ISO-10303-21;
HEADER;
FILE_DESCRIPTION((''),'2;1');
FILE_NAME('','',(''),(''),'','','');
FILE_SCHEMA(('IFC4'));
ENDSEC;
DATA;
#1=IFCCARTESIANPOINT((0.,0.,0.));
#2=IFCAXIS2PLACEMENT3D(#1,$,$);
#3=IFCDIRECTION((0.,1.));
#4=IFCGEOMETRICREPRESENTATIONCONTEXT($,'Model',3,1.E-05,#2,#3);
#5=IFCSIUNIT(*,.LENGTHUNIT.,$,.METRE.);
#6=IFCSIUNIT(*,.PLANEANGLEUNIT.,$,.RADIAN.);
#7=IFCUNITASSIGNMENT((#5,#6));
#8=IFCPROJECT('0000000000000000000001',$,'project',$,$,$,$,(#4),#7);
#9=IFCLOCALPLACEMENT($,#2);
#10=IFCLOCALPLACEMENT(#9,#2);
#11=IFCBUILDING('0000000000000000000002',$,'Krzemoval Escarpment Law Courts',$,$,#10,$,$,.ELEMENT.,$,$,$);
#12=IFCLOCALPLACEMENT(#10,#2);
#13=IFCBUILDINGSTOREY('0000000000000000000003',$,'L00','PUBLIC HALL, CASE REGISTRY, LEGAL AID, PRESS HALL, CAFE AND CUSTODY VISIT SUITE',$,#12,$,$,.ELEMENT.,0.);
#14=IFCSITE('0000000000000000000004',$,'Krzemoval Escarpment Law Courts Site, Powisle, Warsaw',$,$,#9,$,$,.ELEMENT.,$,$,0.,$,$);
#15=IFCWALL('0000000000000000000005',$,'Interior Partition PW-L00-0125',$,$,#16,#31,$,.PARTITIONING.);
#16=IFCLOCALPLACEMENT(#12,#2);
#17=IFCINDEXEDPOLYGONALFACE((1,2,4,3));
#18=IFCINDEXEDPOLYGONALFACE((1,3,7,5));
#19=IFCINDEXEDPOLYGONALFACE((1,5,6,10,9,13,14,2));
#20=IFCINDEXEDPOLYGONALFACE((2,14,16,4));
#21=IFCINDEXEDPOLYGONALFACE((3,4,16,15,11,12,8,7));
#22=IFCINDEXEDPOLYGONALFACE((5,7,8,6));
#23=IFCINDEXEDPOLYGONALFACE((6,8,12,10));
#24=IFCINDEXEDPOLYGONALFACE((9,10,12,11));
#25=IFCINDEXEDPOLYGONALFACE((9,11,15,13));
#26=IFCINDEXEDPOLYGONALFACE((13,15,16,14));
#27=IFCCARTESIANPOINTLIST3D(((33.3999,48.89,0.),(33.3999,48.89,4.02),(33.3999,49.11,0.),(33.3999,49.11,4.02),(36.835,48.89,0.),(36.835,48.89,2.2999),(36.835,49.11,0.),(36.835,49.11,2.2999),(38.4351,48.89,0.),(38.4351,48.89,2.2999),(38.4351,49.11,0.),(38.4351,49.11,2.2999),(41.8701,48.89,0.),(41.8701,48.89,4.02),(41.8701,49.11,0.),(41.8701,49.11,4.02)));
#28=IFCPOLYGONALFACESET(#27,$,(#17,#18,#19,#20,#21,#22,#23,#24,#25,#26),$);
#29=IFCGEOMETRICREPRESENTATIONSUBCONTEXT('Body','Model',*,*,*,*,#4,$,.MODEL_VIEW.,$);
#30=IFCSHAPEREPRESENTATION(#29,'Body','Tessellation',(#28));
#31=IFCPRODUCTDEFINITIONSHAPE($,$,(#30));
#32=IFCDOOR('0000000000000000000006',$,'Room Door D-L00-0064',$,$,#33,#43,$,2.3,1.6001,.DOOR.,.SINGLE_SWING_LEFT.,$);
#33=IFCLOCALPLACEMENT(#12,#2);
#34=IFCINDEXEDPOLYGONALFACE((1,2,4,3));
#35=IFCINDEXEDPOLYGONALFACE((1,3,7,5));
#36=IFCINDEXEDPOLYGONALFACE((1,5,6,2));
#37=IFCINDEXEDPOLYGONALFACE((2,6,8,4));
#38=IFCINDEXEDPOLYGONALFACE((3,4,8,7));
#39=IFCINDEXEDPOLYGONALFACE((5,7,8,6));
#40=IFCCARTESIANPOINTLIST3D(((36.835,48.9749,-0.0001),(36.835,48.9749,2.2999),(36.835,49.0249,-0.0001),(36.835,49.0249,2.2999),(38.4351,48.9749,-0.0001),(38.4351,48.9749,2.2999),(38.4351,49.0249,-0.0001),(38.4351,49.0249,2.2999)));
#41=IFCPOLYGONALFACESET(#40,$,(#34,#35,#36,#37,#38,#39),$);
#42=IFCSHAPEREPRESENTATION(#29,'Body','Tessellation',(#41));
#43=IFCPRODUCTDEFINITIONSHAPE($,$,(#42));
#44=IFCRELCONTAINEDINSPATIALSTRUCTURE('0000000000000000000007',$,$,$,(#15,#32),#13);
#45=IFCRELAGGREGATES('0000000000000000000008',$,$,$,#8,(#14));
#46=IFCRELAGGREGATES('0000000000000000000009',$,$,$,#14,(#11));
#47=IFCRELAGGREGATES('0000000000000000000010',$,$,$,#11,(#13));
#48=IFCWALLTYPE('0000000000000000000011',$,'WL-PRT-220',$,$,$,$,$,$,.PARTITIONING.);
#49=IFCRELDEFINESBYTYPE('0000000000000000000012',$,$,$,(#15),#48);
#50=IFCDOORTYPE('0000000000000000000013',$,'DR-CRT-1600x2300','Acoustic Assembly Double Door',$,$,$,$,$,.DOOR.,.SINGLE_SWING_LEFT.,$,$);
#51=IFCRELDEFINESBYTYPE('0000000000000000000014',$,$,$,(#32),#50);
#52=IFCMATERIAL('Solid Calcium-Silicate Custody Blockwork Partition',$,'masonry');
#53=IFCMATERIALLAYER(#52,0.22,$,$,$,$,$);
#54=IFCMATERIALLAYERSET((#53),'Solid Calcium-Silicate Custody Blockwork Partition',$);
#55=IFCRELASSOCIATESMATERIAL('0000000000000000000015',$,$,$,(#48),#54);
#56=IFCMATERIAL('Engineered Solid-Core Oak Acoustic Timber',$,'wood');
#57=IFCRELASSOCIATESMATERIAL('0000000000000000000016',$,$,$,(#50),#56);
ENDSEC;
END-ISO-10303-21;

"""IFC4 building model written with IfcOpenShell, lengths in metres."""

from ifc_helpers import new_model, si_unit, direction, frame, frame_2d, origin, place, context, subcontext, project, spatial, rectangle, extrude, material, layer, layer_set, type_object, element, fill, save


model = new_model("IFC4")

# Units and contexts
model_context = context("Model", 3, precision=1e-05, world=origin(), true_north=direction((0.0, 1.0)))
body_context = subcontext(model_context, "Body", "Model", "MODEL_VIEW")
ifc_project = project(units=[si_unit("LENGTHUNIT", "METRE"), si_unit("PLANEANGLEUNIT", "RADIAN")], contexts=[model_context])

# Site, building, storey
site_placement = place(None, origin())
site = spatial("IfcSite", under=ifc_project, at=site_placement, Name="Krzemoval Escarpment Law Courts Site, Powisle, Warsaw", CompositionType="ELEMENT", RefElevation=0.0)
building_placement = place(site_placement, origin())
building = spatial("IfcBuilding", under=site, at=building_placement, Name="Krzemoval Escarpment Law Courts", CompositionType="ELEMENT")
storey_placement = place(building_placement, origin())
storey = spatial("IfcBuildingStorey", under=building, at=storey_placement, Name="L00", Description="PUBLIC HALL, CASE REGISTRY, LEGAL AID, PRESS HALL, CAFE AND CUSTODY VISIT SUITE", CompositionType="ELEMENT", Elevation=0.0)

# Wall, opening, door
ifc_material_1 = material(Name="Solid Calcium-Silicate Custody Blockwork Partition", Category="masonry")
ifc_layer_1 = layer(ifc_material_1, 0.22)
ifc_layer_set_1 = layer_set([ifc_layer_1], Name="Solid Calcium-Silicate Custody Blockwork Partition")
wall_type_1 = type_object("IfcWallType", Name="WL-PRT-220", PredefinedType="PARTITIONING", material=ifc_layer_set_1)
wall_1_placement = place(storey_placement, frame((33.3999, 49.0, 0.0), z_axis=(0.0, 0.0, 1.0), x_axis=(1.0, 0.0, 0.0)))
wall_1 = element("IfcWall", 1, at=wall_1_placement, inside=storey, type_object=wall_type_1, Name="Interior Partition PW-L00-0125", PredefinedType="PARTITIONING", context=body_context, shape_type="SweptSolid", body=[
    extrude(rectangle(XDim=8.4702, YDim=0.22, at=frame_2d((4.2351, 0.0))), origin(), (0.0, 0.0, 1.0), 4.02),
])
opening_1_placement = place(wall_1_placement, frame((3.4351, 0.0, 0.0)))
opening_1 = element("IfcOpeningElement", 2, at=opening_1_placement, cuts=wall_1, PredefinedType="OPENING", context=body_context, shape_type="SweptSolid", body=[
    extrude(rectangle(XDim=1.6001, YDim=2.3, at=frame_2d((0.8, 1.1499))), frame((0.0, 0.125, 0.0), z_axis=(0.0, -1.0, 0.0), x_axis=(1.0, 0.0, 0.0)), (0.0, 0.0, 1.0), 0.25),
])
ifc_material_2 = material(Name="Engineered Solid-Core Oak Acoustic Timber", Category="wood")
door_type_1 = type_object("IfcDoorType", Name="DR-CRT-1600x2300", Description="Acoustic Assembly Double Door", OperationType="SINGLE_SWING_LEFT", PredefinedType="DOOR", material=ifc_material_2)
door_1_placement = place(opening_1_placement, origin())
door_1 = element("IfcDoor", 3, at=door_1_placement, inside=storey, type_object=door_type_1, Name="Room Door D-L00-0064", OperationType="SINGLE_SWING_LEFT", OverallHeight=2.3, OverallWidth=1.6001, PredefinedType="DOOR", context=body_context, shape_type="SweptSolid", body=[
    extrude(rectangle(XDim=1.6001, YDim=2.3, at=frame_2d((0.8, 1.1499))), frame((0.0, 0.0249, 0.0), z_axis=(0.0, -1.0, 0.0), x_axis=(1.0, 0.0, 0.0)), (0.0, 0.0, 1.0), 0.05),
])
fill(opening_1, door_1)

save(model, "model.ifc")
